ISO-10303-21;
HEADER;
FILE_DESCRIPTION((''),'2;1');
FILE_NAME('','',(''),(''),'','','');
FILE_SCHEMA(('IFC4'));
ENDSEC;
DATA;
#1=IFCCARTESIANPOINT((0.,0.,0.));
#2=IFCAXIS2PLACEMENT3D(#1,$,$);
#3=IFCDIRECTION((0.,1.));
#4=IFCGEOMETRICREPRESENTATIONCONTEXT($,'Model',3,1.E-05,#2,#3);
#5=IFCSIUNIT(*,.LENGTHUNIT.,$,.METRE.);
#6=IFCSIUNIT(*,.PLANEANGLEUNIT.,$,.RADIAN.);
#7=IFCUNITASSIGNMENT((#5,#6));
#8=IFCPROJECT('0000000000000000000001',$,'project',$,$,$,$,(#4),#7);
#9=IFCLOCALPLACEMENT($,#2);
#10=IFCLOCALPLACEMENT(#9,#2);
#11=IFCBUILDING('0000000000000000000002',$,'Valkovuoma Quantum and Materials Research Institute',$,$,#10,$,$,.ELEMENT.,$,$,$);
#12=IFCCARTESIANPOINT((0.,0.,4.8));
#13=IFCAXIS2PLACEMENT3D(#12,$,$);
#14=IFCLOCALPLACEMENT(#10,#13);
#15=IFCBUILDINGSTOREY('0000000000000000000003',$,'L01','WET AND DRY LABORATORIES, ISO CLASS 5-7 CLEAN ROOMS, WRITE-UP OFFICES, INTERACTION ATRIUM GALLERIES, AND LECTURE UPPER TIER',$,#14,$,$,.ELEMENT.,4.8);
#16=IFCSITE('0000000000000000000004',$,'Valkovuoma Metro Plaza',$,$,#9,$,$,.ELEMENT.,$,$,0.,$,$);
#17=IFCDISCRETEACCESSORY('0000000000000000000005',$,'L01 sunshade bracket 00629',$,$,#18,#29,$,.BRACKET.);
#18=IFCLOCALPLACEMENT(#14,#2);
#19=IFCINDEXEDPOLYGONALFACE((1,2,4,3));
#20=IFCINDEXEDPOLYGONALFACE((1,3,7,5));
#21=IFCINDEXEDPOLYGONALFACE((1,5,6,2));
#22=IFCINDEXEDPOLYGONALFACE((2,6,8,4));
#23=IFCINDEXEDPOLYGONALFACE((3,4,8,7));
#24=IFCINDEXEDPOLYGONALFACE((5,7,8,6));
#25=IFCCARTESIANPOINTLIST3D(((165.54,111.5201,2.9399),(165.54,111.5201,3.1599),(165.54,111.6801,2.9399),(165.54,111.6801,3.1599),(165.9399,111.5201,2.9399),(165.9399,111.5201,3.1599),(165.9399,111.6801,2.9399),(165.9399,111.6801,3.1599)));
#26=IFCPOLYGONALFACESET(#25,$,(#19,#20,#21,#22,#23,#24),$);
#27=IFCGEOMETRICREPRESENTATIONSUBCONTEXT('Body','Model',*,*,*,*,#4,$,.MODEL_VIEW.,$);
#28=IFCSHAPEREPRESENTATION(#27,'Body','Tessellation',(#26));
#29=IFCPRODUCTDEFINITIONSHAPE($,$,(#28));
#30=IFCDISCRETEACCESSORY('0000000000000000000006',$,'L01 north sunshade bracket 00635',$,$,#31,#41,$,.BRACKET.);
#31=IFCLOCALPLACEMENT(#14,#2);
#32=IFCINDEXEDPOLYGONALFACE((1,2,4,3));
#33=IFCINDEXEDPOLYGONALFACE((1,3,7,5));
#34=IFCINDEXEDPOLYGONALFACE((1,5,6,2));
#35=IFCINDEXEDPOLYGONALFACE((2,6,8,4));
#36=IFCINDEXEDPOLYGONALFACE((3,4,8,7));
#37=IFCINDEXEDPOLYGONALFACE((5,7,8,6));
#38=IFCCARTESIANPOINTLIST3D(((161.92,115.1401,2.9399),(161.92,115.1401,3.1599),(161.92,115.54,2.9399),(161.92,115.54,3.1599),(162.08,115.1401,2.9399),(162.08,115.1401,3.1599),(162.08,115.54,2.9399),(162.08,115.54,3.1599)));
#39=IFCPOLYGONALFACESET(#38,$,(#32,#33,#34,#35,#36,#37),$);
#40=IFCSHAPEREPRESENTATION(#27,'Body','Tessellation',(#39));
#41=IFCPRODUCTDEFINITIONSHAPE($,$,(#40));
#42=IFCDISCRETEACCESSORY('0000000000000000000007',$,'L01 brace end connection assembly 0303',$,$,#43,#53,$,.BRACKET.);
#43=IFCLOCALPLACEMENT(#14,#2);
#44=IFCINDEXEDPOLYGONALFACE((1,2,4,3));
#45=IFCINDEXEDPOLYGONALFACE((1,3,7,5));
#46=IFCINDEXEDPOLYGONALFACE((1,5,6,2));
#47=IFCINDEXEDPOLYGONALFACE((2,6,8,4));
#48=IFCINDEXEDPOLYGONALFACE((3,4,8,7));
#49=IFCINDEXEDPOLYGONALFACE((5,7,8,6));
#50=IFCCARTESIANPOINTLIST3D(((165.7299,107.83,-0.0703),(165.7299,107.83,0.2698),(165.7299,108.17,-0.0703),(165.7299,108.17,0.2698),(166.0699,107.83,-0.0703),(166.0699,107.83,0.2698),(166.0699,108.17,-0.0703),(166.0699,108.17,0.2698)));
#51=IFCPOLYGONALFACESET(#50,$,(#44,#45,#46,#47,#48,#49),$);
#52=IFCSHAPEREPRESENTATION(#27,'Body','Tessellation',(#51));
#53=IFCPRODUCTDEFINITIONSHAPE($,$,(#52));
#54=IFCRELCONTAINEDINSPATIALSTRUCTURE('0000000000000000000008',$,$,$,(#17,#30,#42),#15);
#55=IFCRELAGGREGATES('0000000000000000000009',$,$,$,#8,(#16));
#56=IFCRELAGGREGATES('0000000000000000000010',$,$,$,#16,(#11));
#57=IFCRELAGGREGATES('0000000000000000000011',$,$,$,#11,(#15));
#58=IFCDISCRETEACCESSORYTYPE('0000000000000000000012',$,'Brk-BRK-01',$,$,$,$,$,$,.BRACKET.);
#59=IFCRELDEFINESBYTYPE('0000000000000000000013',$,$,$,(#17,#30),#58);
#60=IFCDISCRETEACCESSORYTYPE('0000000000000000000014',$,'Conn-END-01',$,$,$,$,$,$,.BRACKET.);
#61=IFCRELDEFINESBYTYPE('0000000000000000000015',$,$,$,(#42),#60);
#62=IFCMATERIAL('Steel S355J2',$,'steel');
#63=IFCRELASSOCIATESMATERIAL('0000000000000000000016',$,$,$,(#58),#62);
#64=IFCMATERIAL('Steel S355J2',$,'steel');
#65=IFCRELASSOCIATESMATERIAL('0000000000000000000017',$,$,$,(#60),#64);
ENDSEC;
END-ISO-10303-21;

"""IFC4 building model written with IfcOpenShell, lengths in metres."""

from ifc_helpers import new_model, si_unit, direction, frame, origin, origin_2d, place, context, subcontext, project, spatial, rectangle, extrude, material, type_object, element, save


model = new_model("IFC4")

# Units and contexts
model_context = context("Model", 3, precision=1e-05, world=origin(), true_north=direction((0.0, 1.0)))
body_context = subcontext(model_context, "Body", "Model", "MODEL_VIEW")
ifc_project = project(units=[si_unit("LENGTHUNIT", "METRE"), si_unit("PLANEANGLEUNIT", "RADIAN")], contexts=[model_context])

# Site, building, storey
site_placement = place(None, origin())
site = spatial("IfcSite", under=ifc_project, at=site_placement, Name="Valkovuoma Metro Plaza", CompositionType="ELEMENT", RefElevation=0.0)
building_placement = place(site_placement, origin())
building = spatial("IfcBuilding", under=site, at=building_placement, Name="Valkovuoma Quantum and Materials Research Institute", CompositionType="ELEMENT")
storey_placement = place(building_placement, frame((0.0, 0.0, 4.8)))
storey = spatial("IfcBuildingStorey", under=building, at=storey_placement, Name="L01", Description="WET AND DRY LABORATORIES, ISO CLASS 5-7 CLEAN ROOMS, WRITE-UP OFFICES, INTERACTION ATRIUM GALLERIES, AND LECTURE UPPER TIER", CompositionType="ELEMENT", Elevation=4.8)

# Discrete accessories
ifc_material_1 = material(Name="Steel S355J2", Category="steel")
discrete_accessory_type_1 = type_object("IfcDiscreteAccessoryType", Name="Brk-BRK-01", PredefinedType="BRACKET", material=ifc_material_1)
discrete_accessory_1_placement = place(storey_placement, frame((165.74, 111.6001, 2.9399), z_axis=(0.0, 0.0, 1.0), x_axis=(1.0, 0.0, 0.0)))
element("IfcDiscreteAccessory", 1, at=discrete_accessory_1_placement, inside=storey, type_object=discrete_accessory_type_1, Name="L01 sunshade bracket 00629", PredefinedType="BRACKET", context=body_context, shape_type="SweptSolid", body=[
    extrude(rectangle(XDim=0.3999, YDim=0.1599, at=origin_2d()), origin(), (0.0, 0.0, 1.0), 0.22),
])
discrete_accessory_2_placement = place(storey_placement, frame((162.0, 115.3401, 2.9399), z_axis=(0.0, 0.0, 1.0), x_axis=(1.0, 0.0, 0.0)))
element("IfcDiscreteAccessory", 2, at=discrete_accessory_2_placement, inside=storey, type_object=discrete_accessory_type_1, Name="L01 north sunshade bracket 00635", PredefinedType="BRACKET", context=body_context, shape_type="SweptSolid", body=[
    extrude(rectangle(XDim=0.1599, YDim=0.3999, at=origin_2d()), origin(), (0.0, 0.0, 1.0), 0.22),
])
ifc_material_2 = material(Name="Steel S355J2", Category="steel")
discrete_accessory_type_2 = type_object("IfcDiscreteAccessoryType", Name="Conn-END-01", PredefinedType="BRACKET", material=ifc_material_2)
discrete_accessory_3_placement = place(storey_placement, frame((165.8999, 108.0, -0.0703), z_axis=(0.0, 0.0, 1.0), x_axis=(1.0, 0.0, 0.0)))
element("IfcDiscreteAccessory", 3, at=discrete_accessory_3_placement, inside=storey, type_object=discrete_accessory_type_2, Name="L01 brace end connection assembly 0303", PredefinedType="BRACKET", context=body_context, shape_type="SweptSolid", body=[
    extrude(rectangle(XDim=0.3401, YDim=0.3401, at=origin_2d()), origin(), (0.0, 0.0, 1.0), 0.3401),
])

save(model, "model.ifc")
